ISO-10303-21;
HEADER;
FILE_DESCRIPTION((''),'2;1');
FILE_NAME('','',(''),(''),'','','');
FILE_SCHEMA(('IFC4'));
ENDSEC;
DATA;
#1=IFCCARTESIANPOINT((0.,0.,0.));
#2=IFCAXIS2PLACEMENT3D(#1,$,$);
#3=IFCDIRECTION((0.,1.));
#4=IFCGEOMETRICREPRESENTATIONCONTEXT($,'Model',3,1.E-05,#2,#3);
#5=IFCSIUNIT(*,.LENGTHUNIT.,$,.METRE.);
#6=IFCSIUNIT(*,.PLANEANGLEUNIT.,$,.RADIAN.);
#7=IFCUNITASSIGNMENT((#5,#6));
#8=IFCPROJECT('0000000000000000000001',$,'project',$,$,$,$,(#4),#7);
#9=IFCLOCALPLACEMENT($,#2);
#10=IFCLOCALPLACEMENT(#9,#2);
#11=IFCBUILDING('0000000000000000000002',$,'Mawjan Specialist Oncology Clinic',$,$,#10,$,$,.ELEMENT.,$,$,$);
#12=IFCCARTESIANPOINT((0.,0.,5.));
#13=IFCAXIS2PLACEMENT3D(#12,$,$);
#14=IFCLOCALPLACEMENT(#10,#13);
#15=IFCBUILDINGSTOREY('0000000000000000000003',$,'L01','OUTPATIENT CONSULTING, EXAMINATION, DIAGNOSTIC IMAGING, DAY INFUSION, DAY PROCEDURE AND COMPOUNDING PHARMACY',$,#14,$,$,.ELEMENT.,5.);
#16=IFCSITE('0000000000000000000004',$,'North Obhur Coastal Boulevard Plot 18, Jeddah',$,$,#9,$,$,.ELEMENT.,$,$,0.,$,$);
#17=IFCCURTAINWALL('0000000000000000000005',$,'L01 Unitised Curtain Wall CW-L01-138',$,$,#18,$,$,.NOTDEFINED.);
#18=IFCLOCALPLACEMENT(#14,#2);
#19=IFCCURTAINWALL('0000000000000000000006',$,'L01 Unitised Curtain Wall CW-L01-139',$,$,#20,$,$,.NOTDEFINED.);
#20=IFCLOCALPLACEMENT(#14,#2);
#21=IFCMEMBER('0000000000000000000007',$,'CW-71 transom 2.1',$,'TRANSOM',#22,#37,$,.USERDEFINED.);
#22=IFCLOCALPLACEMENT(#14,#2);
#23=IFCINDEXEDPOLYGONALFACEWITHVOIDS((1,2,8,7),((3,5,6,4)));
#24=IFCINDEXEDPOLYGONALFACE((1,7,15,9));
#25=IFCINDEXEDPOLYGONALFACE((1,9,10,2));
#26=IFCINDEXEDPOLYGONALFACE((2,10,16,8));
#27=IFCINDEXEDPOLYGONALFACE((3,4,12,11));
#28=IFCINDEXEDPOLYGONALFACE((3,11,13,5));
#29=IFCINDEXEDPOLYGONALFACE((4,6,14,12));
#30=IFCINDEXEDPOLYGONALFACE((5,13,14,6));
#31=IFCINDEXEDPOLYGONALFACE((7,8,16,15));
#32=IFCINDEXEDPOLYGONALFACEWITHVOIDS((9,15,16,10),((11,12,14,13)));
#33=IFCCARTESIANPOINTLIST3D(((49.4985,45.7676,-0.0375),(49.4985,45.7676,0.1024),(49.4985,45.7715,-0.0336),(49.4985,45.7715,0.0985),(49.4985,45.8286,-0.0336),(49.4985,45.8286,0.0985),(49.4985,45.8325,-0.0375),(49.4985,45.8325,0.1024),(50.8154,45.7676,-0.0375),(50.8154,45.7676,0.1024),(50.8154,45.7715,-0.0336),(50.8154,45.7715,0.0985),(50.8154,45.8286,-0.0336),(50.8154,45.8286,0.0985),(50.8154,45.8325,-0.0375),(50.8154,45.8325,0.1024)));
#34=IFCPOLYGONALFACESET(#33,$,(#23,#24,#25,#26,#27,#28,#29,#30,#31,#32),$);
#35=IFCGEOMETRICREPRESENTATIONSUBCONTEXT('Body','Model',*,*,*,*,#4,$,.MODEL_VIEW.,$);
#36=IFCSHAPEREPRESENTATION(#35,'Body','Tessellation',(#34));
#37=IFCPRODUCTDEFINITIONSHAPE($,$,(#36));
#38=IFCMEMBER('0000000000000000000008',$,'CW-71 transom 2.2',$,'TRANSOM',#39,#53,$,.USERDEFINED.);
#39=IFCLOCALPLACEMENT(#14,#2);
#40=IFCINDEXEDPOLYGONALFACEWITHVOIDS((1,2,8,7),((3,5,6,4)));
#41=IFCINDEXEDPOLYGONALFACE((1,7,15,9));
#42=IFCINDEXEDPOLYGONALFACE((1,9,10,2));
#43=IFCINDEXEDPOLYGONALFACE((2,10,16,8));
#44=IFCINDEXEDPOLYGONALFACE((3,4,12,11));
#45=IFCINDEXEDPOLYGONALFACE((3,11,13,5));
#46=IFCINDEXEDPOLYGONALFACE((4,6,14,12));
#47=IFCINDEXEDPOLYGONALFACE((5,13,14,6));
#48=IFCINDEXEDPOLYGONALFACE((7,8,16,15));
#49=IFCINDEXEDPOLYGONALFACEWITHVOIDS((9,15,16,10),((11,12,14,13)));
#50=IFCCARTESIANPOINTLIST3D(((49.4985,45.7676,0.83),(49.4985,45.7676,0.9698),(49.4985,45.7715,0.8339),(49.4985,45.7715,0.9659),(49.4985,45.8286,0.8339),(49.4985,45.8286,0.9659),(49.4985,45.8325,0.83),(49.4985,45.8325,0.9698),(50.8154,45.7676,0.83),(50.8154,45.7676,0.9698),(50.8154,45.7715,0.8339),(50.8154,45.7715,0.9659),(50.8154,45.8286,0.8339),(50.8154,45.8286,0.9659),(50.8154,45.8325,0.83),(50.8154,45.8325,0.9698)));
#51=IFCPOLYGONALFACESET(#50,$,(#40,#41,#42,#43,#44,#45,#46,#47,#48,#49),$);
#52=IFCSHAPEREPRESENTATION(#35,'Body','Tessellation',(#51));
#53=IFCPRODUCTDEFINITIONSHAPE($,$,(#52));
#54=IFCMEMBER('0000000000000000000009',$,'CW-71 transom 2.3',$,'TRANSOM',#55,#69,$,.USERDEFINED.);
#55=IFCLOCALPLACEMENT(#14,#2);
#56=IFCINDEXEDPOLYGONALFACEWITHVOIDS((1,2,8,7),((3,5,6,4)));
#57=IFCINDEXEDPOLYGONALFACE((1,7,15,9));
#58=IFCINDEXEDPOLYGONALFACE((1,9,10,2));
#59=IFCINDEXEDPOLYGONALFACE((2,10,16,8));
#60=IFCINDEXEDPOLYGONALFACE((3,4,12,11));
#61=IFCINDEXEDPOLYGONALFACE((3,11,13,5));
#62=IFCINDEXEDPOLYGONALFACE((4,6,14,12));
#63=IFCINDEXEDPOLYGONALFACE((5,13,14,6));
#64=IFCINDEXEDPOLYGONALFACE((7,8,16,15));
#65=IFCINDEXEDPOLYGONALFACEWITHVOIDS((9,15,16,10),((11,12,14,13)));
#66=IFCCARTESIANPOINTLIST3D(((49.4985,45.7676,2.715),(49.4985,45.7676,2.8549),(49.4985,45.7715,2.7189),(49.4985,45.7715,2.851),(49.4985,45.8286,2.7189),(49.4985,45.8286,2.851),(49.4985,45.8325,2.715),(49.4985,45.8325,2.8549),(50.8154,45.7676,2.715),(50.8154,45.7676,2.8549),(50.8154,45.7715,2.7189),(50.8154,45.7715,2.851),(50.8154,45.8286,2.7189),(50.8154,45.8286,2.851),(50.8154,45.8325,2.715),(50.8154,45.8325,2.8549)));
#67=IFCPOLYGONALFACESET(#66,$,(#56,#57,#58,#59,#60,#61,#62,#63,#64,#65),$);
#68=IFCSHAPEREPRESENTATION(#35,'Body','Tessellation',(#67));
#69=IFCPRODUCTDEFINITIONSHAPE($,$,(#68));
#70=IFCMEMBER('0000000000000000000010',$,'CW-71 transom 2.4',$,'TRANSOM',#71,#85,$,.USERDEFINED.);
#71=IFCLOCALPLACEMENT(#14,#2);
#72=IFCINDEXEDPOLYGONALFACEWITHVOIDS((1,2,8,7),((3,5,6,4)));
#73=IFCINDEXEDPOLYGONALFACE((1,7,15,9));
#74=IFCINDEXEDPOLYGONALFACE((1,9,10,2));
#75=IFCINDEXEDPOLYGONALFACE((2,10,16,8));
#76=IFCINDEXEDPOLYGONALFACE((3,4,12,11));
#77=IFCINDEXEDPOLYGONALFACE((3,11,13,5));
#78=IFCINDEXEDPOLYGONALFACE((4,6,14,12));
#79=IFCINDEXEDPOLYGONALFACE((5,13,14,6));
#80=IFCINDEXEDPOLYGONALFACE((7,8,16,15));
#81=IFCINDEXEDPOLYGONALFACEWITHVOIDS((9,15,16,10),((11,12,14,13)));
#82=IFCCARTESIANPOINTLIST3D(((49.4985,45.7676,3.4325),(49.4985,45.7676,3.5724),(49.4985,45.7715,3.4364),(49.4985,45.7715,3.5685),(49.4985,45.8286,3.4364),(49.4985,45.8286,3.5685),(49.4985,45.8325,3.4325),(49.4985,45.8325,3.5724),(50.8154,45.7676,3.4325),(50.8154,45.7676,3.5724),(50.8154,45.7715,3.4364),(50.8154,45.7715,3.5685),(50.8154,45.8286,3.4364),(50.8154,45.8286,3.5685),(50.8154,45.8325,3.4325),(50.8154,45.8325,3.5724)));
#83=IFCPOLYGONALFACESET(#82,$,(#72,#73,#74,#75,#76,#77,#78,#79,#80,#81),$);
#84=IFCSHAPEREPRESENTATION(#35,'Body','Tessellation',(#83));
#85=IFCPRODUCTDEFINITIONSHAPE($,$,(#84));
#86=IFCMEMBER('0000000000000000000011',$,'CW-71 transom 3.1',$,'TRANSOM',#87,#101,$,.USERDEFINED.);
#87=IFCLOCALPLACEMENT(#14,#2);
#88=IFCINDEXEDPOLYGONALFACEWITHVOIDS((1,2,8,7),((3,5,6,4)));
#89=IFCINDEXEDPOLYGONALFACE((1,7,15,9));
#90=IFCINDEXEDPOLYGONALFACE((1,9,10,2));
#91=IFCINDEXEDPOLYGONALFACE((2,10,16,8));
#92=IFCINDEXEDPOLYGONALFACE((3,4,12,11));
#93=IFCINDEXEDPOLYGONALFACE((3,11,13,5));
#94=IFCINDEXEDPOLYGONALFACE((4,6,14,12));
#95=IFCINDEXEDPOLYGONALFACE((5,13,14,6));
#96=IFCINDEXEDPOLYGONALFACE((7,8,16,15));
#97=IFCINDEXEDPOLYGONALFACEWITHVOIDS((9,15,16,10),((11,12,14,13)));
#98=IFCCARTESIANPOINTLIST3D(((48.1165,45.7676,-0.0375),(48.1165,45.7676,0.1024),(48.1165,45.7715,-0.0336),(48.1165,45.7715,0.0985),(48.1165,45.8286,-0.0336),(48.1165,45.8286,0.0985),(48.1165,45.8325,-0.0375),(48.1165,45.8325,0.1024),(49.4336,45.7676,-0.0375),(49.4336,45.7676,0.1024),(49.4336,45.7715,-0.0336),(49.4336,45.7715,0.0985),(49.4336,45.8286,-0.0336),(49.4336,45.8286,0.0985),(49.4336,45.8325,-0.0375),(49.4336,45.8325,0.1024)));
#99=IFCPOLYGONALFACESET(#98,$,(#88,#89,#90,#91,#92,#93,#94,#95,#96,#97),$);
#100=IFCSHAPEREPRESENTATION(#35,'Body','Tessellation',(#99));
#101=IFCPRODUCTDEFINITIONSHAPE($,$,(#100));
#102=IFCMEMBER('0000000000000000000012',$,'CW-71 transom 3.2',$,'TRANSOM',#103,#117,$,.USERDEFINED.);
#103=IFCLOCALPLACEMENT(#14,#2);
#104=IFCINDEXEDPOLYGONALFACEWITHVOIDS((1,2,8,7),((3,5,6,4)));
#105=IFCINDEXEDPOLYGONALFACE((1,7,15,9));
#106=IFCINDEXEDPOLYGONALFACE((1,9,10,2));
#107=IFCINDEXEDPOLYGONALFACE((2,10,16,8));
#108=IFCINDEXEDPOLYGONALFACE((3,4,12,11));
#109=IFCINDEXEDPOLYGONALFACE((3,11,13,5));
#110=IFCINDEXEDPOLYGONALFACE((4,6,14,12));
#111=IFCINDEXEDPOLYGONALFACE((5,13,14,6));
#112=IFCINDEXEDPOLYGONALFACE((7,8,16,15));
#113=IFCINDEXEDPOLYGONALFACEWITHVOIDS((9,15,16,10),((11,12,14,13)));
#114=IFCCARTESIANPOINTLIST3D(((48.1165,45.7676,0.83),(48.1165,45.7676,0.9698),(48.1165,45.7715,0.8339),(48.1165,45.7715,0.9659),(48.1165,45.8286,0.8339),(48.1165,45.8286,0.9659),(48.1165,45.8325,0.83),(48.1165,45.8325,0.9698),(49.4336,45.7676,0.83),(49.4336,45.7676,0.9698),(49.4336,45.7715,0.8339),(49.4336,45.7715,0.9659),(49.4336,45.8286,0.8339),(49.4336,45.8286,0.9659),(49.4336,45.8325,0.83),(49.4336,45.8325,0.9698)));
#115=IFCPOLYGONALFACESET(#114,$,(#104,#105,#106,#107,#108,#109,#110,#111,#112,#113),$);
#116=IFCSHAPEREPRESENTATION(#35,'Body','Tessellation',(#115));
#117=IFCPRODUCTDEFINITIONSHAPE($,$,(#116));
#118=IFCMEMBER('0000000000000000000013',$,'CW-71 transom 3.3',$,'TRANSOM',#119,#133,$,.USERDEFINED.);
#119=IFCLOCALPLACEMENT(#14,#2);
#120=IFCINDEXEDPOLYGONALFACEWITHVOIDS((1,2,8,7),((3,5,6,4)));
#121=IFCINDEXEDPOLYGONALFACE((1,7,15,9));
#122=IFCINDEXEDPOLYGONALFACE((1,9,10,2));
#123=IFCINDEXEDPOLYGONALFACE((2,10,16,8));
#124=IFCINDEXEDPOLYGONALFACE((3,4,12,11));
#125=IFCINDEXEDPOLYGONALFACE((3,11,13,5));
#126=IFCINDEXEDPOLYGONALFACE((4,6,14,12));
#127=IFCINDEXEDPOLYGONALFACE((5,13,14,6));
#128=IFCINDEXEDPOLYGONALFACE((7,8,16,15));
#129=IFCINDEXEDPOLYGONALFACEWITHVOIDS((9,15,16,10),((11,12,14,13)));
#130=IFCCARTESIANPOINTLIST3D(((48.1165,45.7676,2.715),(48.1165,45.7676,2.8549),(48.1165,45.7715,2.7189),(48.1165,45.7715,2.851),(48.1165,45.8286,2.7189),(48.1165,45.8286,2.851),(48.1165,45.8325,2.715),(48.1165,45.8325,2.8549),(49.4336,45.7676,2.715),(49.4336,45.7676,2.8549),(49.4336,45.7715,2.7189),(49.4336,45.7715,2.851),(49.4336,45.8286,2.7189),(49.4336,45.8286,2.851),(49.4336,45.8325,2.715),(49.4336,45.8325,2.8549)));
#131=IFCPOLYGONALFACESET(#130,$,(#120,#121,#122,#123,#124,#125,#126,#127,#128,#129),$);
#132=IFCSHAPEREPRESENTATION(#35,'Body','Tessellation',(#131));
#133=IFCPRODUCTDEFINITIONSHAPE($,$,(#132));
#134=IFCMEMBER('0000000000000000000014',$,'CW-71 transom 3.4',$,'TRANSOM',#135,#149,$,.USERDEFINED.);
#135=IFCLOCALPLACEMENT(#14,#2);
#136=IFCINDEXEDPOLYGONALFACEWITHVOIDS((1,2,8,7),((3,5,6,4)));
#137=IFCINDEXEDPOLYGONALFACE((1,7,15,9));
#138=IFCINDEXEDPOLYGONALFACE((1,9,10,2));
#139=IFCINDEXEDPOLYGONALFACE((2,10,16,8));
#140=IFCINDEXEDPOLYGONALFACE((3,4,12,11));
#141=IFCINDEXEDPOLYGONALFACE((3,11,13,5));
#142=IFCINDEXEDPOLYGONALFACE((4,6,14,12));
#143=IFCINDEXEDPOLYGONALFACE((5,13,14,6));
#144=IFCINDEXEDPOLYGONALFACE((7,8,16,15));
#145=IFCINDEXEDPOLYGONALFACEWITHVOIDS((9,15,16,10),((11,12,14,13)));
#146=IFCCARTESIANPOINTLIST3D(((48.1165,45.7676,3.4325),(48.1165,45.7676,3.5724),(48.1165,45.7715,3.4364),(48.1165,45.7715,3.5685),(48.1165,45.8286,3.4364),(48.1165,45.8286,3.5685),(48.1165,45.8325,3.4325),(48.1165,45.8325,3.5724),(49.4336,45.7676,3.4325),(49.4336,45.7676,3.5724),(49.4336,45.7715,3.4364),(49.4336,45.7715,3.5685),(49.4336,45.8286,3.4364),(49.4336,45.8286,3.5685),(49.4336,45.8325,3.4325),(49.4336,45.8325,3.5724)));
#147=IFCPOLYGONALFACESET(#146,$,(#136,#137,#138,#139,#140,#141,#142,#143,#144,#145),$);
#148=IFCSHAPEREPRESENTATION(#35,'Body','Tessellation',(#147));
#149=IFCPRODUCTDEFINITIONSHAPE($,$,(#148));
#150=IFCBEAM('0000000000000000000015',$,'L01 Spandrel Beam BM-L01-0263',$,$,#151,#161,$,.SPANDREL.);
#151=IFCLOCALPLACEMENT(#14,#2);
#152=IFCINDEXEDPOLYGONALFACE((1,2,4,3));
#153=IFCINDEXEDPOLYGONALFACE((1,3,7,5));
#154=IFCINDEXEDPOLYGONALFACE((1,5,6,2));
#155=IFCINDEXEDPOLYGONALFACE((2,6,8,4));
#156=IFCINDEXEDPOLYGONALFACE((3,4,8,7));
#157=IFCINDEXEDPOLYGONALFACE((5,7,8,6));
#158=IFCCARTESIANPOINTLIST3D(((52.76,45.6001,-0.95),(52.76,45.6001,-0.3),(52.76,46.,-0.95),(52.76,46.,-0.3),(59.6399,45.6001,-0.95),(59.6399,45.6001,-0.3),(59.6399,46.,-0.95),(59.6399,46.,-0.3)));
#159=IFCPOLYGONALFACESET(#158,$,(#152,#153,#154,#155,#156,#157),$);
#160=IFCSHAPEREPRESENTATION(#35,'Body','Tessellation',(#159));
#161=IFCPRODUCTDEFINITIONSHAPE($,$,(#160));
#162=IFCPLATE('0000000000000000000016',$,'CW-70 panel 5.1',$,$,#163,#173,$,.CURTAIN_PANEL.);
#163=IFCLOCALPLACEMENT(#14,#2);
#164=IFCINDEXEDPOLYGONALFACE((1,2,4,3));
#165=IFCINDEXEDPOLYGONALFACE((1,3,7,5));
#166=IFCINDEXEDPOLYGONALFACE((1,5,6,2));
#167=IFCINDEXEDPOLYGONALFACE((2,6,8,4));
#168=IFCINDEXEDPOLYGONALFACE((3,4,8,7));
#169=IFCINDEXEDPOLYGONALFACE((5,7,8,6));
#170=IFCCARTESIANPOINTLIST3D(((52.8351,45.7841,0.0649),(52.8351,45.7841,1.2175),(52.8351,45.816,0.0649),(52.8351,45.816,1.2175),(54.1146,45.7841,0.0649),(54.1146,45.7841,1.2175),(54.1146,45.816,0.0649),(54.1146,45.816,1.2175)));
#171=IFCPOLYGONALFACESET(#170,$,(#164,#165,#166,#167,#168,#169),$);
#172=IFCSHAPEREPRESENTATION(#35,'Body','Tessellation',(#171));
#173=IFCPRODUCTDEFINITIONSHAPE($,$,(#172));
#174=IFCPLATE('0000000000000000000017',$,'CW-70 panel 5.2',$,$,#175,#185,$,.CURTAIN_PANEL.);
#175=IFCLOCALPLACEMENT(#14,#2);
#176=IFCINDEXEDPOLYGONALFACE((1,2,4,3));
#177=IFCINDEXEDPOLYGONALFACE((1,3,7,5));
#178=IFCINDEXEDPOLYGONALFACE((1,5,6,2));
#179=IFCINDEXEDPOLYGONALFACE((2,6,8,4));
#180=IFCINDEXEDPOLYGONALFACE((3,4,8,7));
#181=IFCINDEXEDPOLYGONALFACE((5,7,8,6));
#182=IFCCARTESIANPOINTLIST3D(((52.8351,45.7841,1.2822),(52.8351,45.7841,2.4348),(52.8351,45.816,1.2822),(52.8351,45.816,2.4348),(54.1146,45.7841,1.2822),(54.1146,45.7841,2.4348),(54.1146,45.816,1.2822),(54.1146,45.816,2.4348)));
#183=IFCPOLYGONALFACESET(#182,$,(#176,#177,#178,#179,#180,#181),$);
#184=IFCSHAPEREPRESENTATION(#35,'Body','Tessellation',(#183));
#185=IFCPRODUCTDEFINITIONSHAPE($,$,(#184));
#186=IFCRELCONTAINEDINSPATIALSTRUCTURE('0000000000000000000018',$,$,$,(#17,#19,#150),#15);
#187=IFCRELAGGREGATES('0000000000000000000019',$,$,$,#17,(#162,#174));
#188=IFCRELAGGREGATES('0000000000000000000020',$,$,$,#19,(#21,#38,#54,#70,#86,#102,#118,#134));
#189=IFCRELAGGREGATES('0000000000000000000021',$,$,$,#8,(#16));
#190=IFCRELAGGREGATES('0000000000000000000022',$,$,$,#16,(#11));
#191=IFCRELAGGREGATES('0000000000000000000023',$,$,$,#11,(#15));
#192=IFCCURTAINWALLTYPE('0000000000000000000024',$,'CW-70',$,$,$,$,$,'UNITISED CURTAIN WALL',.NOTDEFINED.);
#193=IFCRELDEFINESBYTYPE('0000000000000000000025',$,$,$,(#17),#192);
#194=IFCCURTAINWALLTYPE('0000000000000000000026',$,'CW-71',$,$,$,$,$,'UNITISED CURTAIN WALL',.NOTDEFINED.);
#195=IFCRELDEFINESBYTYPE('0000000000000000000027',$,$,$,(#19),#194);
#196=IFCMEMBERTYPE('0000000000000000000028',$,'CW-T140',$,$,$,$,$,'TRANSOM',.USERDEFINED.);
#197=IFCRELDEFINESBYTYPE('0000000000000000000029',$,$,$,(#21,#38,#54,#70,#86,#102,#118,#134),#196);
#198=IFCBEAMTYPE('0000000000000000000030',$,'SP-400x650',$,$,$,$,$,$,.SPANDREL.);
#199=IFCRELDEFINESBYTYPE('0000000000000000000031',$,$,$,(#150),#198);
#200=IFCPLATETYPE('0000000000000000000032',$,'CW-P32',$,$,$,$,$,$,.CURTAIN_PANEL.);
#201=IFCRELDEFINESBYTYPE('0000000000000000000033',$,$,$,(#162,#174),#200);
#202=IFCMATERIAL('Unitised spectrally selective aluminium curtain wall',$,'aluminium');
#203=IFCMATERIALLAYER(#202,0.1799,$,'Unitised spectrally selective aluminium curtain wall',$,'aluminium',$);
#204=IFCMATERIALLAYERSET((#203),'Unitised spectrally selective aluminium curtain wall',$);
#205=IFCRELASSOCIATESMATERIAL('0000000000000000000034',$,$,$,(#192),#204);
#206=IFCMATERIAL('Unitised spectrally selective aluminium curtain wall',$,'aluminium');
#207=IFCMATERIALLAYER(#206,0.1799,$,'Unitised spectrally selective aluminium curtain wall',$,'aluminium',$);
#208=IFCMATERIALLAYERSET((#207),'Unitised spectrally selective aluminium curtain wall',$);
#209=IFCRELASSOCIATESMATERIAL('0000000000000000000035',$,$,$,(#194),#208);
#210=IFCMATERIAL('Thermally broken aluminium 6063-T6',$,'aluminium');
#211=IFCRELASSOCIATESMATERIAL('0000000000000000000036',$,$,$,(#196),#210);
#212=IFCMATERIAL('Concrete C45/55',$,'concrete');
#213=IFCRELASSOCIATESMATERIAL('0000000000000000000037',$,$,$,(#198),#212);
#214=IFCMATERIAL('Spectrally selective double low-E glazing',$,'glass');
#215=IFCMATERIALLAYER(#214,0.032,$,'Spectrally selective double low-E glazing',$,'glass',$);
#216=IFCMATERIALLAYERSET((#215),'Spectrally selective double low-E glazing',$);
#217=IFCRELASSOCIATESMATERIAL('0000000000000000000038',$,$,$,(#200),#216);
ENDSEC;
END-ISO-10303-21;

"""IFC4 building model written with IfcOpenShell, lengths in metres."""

from ifc_helpers import new_model, si_unit, direction, frame, origin, origin_2d, place, context, subcontext, project, spatial, rectangle, hollow_rectangle, extrude, material, layer, layer_set, material_profile, profile_set, type_object, element, aggregate, save


model = new_model("IFC4")

# Units and contexts
model_context = context("Model", 3, precision=1e-05, world=origin(), true_north=direction((0.0, 1.0)))
body_context = subcontext(model_context, "Body", "Model", "MODEL_VIEW")
ifc_project = project(units=[si_unit("LENGTHUNIT", "METRE"), si_unit("PLANEANGLEUNIT", "RADIAN")], contexts=[model_context])

# Site, building, storey
site_placement = place(None, origin())
site = spatial("IfcSite", under=ifc_project, at=site_placement, Name="North Obhur Coastal Boulevard Plot 18, Jeddah", CompositionType="ELEMENT", RefElevation=0.0)
building_placement = place(site_placement, origin())
building = spatial("IfcBuilding", under=site, at=building_placement, Name="Mawjan Specialist Oncology Clinic", CompositionType="ELEMENT")
storey_placement = place(building_placement, frame((0.0, 0.0, 5.0)))
storey = spatial("IfcBuildingStorey", under=building, at=storey_placement, Name="L01", Description="OUTPATIENT CONSULTING, EXAMINATION, DIAGNOSTIC IMAGING, DAY INFUSION, DAY PROCEDURE AND COMPOUNDING PHARMACY", CompositionType="ELEMENT", Elevation=5.0)

# Curtain wall
ifc_material_1 = material(Name="Unitised spectrally selective aluminium curtain wall", Category="aluminium")
ifc_layer_1 = layer(ifc_material_1, 0.1799, Name="Unitised spectrally selective aluminium curtain wall", Category="aluminium")
ifc_layer_set_1 = layer_set([ifc_layer_1], Name="Unitised spectrally selective aluminium curtain wall")
curtain_wall_type_1 = type_object("IfcCurtainWallType", Name="CW-70", ElementType="UNITISED CURTAIN WALL", PredefinedType="NOTDEFINED", material=ifc_layer_set_1)
curtain_wall_1_placement = place(storey_placement, origin())
curtain_wall_1 = element("IfcCurtainWall", 1, at=curtain_wall_1_placement, inside=storey, type_object=curtain_wall_type_1, Name="L01 Unitised Curtain Wall CW-L01-138", PredefinedType="NOTDEFINED")

# Curtain wall, members
ifc_material_2 = material(Name="Unitised spectrally selective aluminium curtain wall", Category="aluminium")
ifc_layer_2 = layer(ifc_material_2, 0.1799, Name="Unitised spectrally selective aluminium curtain wall", Category="aluminium")
ifc_layer_set_2 = layer_set([ifc_layer_2], Name="Unitised spectrally selective aluminium curtain wall")
curtain_wall_type_2 = type_object("IfcCurtainWallType", Name="CW-71", ElementType="UNITISED CURTAIN WALL", PredefinedType="NOTDEFINED", material=ifc_layer_set_2)
curtain_wall_2_placement = place(storey_placement, origin())
curtain_wall_2 = element("IfcCurtainWall", 2, at=curtain_wall_2_placement, inside=storey, type_object=curtain_wall_type_2, Name="L01 Unitised Curtain Wall CW-L01-139", PredefinedType="NOTDEFINED")
ifc_material_3 = material(Name="Thermally broken aluminium 6063-T6", Category="aluminium")
ifc_material_profile_1 = material_profile(ifc_material_3, hollow_rectangle(XDim=0.0649, YDim=0.1399, WallThickness=0.0039, at=origin_2d()), Name="ALU TRANSOM 140x65x4", Category="aluminium")
ifc_profile_set_1 = profile_set([ifc_material_profile_1], Name="Thermally broken aluminium 6063-T6")
member_type_1 = type_object("IfcMemberType", Name="CW-T140", ElementType="TRANSOM", PredefinedType="USERDEFINED", material=ifc_profile_set_1)
member_1_placement = place(storey_placement, frame((50.8154, 45.8, 0.0325), z_axis=(-1.0, 0.0, 0.0), x_axis=(0.0, -1.0, 0.0)))
member_1 = element("IfcMember", 3, at=member_1_placement, type_object=member_type_1, Name="CW-71 transom 2.1", ObjectType="TRANSOM", PredefinedType="USERDEFINED", context=body_context, shape_type="SweptSolid", body=[
    extrude(hollow_rectangle(XDim=0.0649, YDim=0.1399, WallThickness=0.0039, at=origin_2d()), origin(), (0.0, 0.0, 1.0), 1.3169),
])
member_2_placement = place(storey_placement, frame((50.8154, 45.8, 0.8999), z_axis=(-1.0, 0.0, 0.0), x_axis=(0.0, -1.0, 0.0)))
member_2 = element("IfcMember", 4, at=member_2_placement, type_object=member_type_1, Name="CW-71 transom 2.2", ObjectType="TRANSOM", PredefinedType="USERDEFINED", context=body_context, shape_type="SweptSolid", body=[
    extrude(hollow_rectangle(XDim=0.0649, YDim=0.1399, WallThickness=0.0039, at=origin_2d()), origin(), (0.0, 0.0, 1.0), 1.3169),
])
member_3_placement = place(storey_placement, frame((50.8154, 45.8, 2.7849), z_axis=(-1.0, 0.0, 0.0), x_axis=(0.0, -1.0, 0.0)))
member_3 = element("IfcMember", 5, at=member_3_placement, type_object=member_type_1, Name="CW-71 transom 2.3", ObjectType="TRANSOM", PredefinedType="USERDEFINED", context=body_context, shape_type="SweptSolid", body=[
    extrude(hollow_rectangle(XDim=0.0649, YDim=0.1399, WallThickness=0.0039, at=origin_2d()), origin(), (0.0, 0.0, 1.0), 1.3169),
])
member_4_placement = place(storey_placement, frame((50.8154, 45.8, 3.5024), z_axis=(-1.0, 0.0, 0.0), x_axis=(0.0, -1.0, 0.0)))
member_4 = element("IfcMember", 6, at=member_4_placement, type_object=member_type_1, Name="CW-71 transom 2.4", ObjectType="TRANSOM", PredefinedType="USERDEFINED", context=body_context, shape_type="SweptSolid", body=[
    extrude(hollow_rectangle(XDim=0.0649, YDim=0.1399, WallThickness=0.0039, at=origin_2d()), origin(), (0.0, 0.0, 1.0), 1.3169),
])
member_5_placement = place(storey_placement, frame((49.4336, 45.8, 0.0325), z_axis=(-1.0, 0.0, 0.0), x_axis=(0.0, -1.0, 0.0)))
member_5 = element("IfcMember", 7, at=member_5_placement, type_object=member_type_1, Name="CW-71 transom 3.1", ObjectType="TRANSOM", PredefinedType="USERDEFINED", context=body_context, shape_type="SweptSolid", body=[
    extrude(hollow_rectangle(XDim=0.0649, YDim=0.1399, WallThickness=0.0039, at=origin_2d()), origin(), (0.0, 0.0, 1.0), 1.3171),
])
member_6_placement = place(storey_placement, frame((49.4336, 45.8, 0.8999), z_axis=(-1.0, 0.0, 0.0), x_axis=(0.0, -1.0, 0.0)))
member_6 = element("IfcMember", 8, at=member_6_placement, type_object=member_type_1, Name="CW-71 transom 3.2", ObjectType="TRANSOM", PredefinedType="USERDEFINED", context=body_context, shape_type="SweptSolid", body=[
    extrude(hollow_rectangle(XDim=0.0649, YDim=0.1399, WallThickness=0.0039, at=origin_2d()), origin(), (0.0, 0.0, 1.0), 1.3171),
])
member_7_placement = place(storey_placement, frame((49.4336, 45.8, 2.7849), z_axis=(-1.0, 0.0, 0.0), x_axis=(0.0, -1.0, 0.0)))
member_7 = element("IfcMember", 9, at=member_7_placement, type_object=member_type_1, Name="CW-71 transom 3.3", ObjectType="TRANSOM", PredefinedType="USERDEFINED", context=body_context, shape_type="SweptSolid", body=[
    extrude(hollow_rectangle(XDim=0.0649, YDim=0.1399, WallThickness=0.0039, at=origin_2d()), origin(), (0.0, 0.0, 1.0), 1.3171),
])
member_8_placement = place(storey_placement, frame((49.4336, 45.8, 3.5024), z_axis=(-1.0, 0.0, 0.0), x_axis=(0.0, -1.0, 0.0)))
member_8 = element("IfcMember", 10, at=member_8_placement, type_object=member_type_1, Name="CW-71 transom 3.4", ObjectType="TRANSOM", PredefinedType="USERDEFINED", context=body_context, shape_type="SweptSolid", body=[
    extrude(hollow_rectangle(XDim=0.0649, YDim=0.1399, WallThickness=0.0039, at=origin_2d()), origin(), (0.0, 0.0, 1.0), 1.3171),
])

# Beam
ifc_material_4 = material(Name="Concrete C45/55", Category="concrete")
ifc_material_profile_2 = material_profile(ifc_material_4, rectangle(XDim=0.3999, YDim=0.6499, at=origin_2d()), Name="RC BM 400x650", Category="concrete")
ifc_profile_set_2 = profile_set([ifc_material_profile_2], Name="Concrete C45/55")
beam_type_1 = type_object("IfcBeamType", Name="SP-400x650", PredefinedType="SPANDREL", material=ifc_profile_set_2)
beam_1_placement = place(storey_placement, frame((52.76, 45.8, -0.625), z_axis=(1.0, 0.0, 0.0), x_axis=(0.0, 1.0, 0.0)))
element("IfcBeam", 11, at=beam_1_placement, inside=storey, type_object=beam_type_1, Name="L01 Spandrel Beam BM-L01-0263", PredefinedType="SPANDREL", context=body_context, shape_type="SweptSolid", body=[
    extrude(rectangle(XDim=0.3999, YDim=0.6499, at=origin_2d()), origin(), (0.0, 0.0, 1.0), 6.8799),
])

# Plates
ifc_material_5 = material(Name="Spectrally selective double low-E glazing", Category="glass")
ifc_layer_3 = layer(ifc_material_5, 0.032, Name="Spectrally selective double low-E glazing", Category="glass")
ifc_layer_set_3 = layer_set([ifc_layer_3], Name="Spectrally selective double low-E glazing")
plate_type = type_object("IfcPlateType", Name="CW-P32", PredefinedType="CURTAIN_PANEL", material=ifc_layer_set_3)
plate_1_placement = place(storey_placement, frame((53.4749, 45.8, 0.0649), z_axis=(0.0, 0.0, 1.0), x_axis=(-1.0, 0.0, 0.0)))
plate_1 = element("IfcPlate", 12, at=plate_1_placement, type_object=plate_type, Name="CW-70 panel 5.1", PredefinedType="CURTAIN_PANEL", context=body_context, shape_type="SweptSolid", body=[
    extrude(rectangle(XDim=1.2795, YDim=0.032, at=origin_2d()), origin(), (0.0, 0.0, 1.0), 1.1526),
])
plate_2_placement = place(storey_placement, frame((53.4749, 45.8, 1.2822), z_axis=(0.0, 0.0, 1.0), x_axis=(-1.0, 0.0, 0.0)))
plate_2 = element("IfcPlate", 13, at=plate_2_placement, type_object=plate_type, Name="CW-70 panel 5.2", PredefinedType="CURTAIN_PANEL", context=body_context, shape_type="SweptSolid", body=[
    extrude(rectangle(XDim=1.2795, YDim=0.032, at=origin_2d()), origin(), (0.0, 0.0, 1.0), 1.1526),
])
aggregate(curtain_wall_1, [plate_1, plate_2])
aggregate(curtain_wall_2, [member_1, member_2, member_3, member_4, member_5, member_6, member_7, member_8])

save(model, "model.ifc")
